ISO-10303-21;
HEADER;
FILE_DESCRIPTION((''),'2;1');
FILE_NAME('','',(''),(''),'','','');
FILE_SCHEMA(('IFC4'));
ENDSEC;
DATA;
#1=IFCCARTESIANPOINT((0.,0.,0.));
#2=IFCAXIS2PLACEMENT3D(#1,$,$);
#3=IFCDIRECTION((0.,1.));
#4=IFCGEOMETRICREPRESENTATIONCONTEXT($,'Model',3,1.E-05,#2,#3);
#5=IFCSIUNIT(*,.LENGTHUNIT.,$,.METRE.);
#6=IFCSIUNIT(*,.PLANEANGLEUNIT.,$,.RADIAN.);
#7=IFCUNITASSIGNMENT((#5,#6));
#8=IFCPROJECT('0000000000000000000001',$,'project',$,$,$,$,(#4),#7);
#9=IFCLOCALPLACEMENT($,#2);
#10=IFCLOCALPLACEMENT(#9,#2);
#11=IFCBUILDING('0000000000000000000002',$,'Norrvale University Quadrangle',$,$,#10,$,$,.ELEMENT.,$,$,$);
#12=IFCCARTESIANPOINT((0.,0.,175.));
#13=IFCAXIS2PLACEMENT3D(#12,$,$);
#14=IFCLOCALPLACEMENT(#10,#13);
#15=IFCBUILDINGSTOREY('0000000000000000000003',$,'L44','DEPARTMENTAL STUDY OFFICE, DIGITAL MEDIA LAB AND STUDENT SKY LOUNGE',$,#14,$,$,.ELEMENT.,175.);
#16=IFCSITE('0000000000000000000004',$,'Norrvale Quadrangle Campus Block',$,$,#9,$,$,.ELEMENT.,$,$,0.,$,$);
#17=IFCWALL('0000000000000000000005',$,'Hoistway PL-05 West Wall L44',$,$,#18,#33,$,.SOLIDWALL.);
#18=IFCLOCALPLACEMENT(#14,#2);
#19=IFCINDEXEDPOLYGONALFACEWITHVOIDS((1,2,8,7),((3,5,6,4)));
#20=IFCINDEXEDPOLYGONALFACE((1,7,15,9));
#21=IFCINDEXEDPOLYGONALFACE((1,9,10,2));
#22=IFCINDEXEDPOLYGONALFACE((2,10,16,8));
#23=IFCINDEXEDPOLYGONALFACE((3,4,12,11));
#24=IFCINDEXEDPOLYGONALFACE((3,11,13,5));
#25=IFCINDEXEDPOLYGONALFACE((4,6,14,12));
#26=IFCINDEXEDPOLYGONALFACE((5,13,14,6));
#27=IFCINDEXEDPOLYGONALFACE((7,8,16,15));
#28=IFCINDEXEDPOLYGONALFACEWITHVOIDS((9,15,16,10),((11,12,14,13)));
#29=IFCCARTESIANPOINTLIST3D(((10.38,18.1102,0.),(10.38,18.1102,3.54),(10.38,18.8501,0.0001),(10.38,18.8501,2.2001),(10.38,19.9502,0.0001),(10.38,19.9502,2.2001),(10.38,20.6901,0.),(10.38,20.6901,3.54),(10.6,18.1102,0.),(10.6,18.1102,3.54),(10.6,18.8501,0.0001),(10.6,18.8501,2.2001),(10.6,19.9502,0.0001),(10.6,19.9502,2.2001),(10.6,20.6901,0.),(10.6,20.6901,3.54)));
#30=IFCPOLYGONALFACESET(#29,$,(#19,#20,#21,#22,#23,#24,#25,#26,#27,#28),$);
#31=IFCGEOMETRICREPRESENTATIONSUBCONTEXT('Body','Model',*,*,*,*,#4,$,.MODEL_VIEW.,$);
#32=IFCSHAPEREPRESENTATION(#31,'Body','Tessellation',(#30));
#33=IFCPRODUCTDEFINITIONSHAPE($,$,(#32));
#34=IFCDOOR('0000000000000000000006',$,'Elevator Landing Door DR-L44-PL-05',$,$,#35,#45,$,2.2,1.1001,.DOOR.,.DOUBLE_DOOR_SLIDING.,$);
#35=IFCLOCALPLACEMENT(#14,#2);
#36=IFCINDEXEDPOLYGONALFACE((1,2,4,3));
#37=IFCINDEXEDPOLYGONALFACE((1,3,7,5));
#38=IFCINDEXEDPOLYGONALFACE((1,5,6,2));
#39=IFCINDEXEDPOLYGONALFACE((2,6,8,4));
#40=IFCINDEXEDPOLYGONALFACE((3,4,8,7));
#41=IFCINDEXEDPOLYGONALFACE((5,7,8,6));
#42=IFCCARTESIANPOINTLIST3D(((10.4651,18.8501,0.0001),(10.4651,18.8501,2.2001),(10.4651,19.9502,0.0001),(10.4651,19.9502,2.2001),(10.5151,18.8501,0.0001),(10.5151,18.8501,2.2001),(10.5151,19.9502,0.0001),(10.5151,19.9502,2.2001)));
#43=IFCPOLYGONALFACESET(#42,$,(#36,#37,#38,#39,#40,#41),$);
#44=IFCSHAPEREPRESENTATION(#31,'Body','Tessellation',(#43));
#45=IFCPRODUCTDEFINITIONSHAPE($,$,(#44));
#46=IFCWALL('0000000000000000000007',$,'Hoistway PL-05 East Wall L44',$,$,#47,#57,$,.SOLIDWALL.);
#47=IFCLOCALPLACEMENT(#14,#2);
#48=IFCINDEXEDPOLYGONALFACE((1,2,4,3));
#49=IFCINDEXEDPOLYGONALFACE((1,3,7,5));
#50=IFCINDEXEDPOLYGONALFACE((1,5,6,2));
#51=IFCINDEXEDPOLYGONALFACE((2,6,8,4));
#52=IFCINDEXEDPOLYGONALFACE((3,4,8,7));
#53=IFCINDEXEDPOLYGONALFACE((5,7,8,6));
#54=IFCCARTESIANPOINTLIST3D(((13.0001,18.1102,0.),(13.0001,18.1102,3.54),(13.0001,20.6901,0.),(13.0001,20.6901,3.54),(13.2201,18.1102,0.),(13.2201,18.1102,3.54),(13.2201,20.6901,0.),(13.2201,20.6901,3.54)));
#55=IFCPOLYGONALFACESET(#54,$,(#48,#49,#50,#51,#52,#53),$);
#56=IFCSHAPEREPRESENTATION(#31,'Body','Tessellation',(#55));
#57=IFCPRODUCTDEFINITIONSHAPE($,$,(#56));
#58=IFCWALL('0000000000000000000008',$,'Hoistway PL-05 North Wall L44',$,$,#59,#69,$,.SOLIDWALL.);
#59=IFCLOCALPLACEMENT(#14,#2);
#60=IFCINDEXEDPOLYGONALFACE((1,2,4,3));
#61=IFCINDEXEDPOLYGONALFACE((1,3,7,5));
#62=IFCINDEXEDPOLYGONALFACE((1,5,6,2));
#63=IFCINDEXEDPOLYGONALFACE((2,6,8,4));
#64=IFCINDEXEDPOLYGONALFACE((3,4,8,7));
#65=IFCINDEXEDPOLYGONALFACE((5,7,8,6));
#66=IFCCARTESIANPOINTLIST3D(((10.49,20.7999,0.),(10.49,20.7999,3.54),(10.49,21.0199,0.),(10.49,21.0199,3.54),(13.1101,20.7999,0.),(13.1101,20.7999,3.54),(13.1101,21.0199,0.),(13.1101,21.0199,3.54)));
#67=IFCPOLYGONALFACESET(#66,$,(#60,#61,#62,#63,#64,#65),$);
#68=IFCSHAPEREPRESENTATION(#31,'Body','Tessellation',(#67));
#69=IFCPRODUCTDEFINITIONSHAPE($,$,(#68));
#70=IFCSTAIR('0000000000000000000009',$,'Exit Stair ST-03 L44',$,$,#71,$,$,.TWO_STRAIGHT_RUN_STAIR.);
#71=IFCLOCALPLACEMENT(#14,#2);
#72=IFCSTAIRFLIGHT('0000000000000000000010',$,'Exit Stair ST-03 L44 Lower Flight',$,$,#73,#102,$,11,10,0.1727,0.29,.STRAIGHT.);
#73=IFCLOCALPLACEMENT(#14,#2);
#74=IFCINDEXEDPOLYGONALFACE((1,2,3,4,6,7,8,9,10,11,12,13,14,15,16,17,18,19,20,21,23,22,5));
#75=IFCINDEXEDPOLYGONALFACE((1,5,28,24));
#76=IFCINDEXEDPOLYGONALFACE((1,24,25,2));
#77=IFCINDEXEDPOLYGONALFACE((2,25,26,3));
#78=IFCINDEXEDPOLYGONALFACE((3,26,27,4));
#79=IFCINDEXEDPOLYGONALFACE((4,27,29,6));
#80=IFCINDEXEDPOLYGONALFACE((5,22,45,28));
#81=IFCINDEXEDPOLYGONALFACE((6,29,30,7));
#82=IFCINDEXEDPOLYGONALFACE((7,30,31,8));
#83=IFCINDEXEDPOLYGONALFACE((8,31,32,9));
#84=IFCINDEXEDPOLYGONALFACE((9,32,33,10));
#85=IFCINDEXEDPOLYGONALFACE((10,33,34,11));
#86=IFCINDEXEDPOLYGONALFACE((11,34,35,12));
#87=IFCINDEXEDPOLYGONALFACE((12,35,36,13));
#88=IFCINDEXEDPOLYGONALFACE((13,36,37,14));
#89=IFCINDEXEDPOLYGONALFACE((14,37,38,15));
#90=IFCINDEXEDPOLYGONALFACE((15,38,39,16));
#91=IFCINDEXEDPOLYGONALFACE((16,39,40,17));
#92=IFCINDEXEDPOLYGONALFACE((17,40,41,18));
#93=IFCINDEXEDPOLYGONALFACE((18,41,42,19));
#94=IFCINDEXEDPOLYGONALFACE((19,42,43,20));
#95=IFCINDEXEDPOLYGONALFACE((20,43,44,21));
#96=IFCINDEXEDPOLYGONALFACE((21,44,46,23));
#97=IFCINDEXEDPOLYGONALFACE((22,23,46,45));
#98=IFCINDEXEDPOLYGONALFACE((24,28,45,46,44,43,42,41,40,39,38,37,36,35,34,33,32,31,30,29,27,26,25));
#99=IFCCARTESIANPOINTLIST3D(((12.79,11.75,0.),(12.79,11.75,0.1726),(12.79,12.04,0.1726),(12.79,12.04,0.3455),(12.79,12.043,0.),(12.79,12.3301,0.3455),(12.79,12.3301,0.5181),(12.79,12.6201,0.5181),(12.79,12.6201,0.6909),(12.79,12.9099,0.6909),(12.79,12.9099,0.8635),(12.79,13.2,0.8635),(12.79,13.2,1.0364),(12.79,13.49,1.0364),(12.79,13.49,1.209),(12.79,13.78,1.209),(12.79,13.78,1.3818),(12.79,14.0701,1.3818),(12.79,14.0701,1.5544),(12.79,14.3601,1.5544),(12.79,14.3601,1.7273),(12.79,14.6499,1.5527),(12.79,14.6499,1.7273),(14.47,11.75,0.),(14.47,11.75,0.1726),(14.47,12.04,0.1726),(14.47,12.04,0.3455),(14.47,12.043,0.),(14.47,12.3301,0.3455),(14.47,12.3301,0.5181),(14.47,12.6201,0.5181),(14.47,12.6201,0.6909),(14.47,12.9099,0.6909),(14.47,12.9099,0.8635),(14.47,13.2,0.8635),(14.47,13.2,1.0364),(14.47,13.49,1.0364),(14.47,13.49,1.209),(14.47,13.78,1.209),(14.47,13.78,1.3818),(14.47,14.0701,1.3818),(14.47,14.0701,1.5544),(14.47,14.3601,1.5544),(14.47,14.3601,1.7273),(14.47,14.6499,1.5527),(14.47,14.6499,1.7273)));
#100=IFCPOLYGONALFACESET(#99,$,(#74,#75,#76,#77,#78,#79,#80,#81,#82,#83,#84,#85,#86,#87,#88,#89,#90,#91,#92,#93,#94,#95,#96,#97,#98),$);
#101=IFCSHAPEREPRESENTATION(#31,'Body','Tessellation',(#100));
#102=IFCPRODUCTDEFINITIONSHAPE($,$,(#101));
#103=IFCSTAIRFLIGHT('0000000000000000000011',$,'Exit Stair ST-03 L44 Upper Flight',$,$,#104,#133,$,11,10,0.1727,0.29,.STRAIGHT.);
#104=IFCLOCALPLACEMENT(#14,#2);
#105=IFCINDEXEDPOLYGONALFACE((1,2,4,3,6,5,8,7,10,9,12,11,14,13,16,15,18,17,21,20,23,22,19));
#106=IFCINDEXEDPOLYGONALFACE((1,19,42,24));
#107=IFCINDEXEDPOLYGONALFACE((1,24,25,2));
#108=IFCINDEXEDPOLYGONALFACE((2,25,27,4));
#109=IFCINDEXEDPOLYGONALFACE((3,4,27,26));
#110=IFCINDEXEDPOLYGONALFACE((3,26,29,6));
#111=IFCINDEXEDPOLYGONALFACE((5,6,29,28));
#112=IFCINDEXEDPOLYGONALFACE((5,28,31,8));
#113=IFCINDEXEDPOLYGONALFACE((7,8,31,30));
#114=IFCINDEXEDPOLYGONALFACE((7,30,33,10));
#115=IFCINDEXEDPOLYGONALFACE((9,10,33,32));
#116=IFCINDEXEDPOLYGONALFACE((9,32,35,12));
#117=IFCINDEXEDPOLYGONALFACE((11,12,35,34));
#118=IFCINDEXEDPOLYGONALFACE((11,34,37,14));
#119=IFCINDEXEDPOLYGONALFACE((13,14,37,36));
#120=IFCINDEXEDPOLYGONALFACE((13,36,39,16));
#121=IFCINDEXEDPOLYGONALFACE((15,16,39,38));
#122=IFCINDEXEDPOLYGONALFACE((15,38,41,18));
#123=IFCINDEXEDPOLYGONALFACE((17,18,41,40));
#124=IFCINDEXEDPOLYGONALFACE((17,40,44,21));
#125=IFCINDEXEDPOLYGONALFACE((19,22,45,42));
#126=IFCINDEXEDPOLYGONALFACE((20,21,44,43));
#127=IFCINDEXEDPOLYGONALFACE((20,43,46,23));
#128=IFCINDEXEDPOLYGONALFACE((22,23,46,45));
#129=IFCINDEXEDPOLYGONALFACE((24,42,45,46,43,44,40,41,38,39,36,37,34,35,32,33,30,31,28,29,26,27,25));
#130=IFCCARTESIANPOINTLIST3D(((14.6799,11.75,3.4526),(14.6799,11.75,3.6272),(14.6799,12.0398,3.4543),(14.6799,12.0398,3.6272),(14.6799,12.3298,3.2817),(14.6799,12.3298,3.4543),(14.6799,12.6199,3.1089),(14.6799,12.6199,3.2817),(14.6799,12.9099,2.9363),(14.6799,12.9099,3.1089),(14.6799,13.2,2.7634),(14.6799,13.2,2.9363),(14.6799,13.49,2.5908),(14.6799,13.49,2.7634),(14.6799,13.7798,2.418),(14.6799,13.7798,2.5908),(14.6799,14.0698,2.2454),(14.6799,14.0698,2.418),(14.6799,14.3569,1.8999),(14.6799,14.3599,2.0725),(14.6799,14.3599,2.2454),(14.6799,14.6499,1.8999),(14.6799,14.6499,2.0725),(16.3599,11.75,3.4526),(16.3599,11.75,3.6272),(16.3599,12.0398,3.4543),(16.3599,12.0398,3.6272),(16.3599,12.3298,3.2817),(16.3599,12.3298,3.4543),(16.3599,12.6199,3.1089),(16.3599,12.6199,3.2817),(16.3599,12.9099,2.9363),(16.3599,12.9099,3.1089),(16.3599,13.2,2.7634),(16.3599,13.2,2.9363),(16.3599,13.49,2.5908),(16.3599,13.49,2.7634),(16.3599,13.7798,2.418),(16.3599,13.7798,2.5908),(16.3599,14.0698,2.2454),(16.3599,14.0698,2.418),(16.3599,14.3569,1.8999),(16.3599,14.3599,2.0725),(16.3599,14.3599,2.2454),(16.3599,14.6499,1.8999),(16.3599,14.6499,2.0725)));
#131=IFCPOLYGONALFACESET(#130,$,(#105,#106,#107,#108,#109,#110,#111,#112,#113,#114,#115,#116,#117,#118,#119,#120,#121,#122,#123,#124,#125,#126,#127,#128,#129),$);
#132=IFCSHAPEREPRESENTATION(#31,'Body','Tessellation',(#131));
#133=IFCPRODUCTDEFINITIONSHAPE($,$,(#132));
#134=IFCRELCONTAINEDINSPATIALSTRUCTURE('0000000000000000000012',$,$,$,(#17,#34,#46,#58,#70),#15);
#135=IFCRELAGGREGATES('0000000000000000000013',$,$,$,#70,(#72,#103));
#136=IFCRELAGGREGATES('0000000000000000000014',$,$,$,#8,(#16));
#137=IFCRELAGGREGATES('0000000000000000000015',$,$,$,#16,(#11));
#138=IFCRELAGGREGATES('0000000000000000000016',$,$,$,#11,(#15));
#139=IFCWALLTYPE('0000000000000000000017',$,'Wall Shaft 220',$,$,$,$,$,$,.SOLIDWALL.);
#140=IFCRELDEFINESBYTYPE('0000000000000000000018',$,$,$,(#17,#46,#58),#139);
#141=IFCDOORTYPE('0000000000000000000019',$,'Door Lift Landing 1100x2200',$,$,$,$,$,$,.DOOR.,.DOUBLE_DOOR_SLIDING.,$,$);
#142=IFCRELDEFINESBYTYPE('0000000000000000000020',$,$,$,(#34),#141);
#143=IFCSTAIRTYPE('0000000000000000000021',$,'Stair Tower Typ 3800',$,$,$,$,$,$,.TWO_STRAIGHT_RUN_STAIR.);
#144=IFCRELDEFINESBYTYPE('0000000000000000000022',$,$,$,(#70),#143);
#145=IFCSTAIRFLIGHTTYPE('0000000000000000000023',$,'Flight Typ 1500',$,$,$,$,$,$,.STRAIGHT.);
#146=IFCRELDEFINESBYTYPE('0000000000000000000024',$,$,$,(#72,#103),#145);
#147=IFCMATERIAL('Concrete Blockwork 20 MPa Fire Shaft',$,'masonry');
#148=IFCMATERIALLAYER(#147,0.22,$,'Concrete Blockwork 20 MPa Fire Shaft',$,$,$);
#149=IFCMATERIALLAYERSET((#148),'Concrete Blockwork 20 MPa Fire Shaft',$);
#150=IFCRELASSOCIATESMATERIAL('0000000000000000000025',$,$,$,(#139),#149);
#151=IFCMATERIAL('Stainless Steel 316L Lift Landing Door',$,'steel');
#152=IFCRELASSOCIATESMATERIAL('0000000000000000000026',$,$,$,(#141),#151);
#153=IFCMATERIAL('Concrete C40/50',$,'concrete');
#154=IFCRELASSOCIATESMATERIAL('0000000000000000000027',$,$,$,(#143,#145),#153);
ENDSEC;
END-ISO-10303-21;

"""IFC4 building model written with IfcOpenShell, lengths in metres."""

from ifc_helpers import new_model, si_unit, direction, frame, frame_2d, origin, place, context, subcontext, project, spatial, polyline, rectangle, outline, extrude, material, layer, layer_set, type_object, element, fill, aggregate, save


model = new_model("IFC4")

# Units and contexts
model_context = context("Model", 3, precision=1e-05, world=origin(), true_north=direction((0.0, 1.0)))
body_context = subcontext(model_context, "Body", "Model", "MODEL_VIEW")
ifc_project = project(units=[si_unit("LENGTHUNIT", "METRE"), si_unit("PLANEANGLEUNIT", "RADIAN")], contexts=[model_context])

# Site, building, storey
site_placement = place(None, origin())
site = spatial("IfcSite", under=ifc_project, at=site_placement, Name="Norrvale Quadrangle Campus Block", CompositionType="ELEMENT", RefElevation=0.0)
building_placement = place(site_placement, origin())
building = spatial("IfcBuilding", under=site, at=building_placement, Name="Norrvale University Quadrangle", CompositionType="ELEMENT")
storey_placement = place(building_placement, frame((0.0, 0.0, 175.0)))
storey = spatial("IfcBuildingStorey", under=building, at=storey_placement, Name="L44", Description="DEPARTMENTAL STUDY OFFICE, DIGITAL MEDIA LAB AND STUDENT SKY LOUNGE", CompositionType="ELEMENT", Elevation=175.0)

# Shared definitions
ifc_material_1 = material(Name="Concrete Blockwork 20 MPa Fire Shaft", Category="masonry")
ifc_layer_1 = layer(ifc_material_1, 0.22, Name="Concrete Blockwork 20 MPa Fire Shaft")
ifc_layer_set_1 = layer_set([ifc_layer_1], Name="Concrete Blockwork 20 MPa Fire Shaft")
wall_type_1 = type_object("IfcWallType", Name="Wall Shaft 220", PredefinedType="SOLIDWALL", material=ifc_layer_set_1)

# Wall, opening, door
wall_1_placement = place(storey_placement, frame((10.49, 18.1101, 0.0), z_axis=(0.0, 0.0, 1.0), x_axis=(0.0, 1.0, 0.0)))
wall_1 = element("IfcWall", 1, at=wall_1_placement, inside=storey, type_object=wall_type_1, Name="Hoistway PL-05 West Wall L44", PredefinedType="SOLIDWALL", context=body_context, shape_type="SweptSolid", body=[
    extrude(rectangle(XDim=2.5798, YDim=0.22, at=frame_2d((1.29, 0.0))), origin(), (0.0, 0.0, 1.0), 3.54),
])
opening_1_placement = place(wall_1_placement, frame((0.74, 0.0, 0.0)))
opening_1 = element("IfcOpeningElement", 2, at=opening_1_placement, cuts=wall_1, PredefinedType="OPENING", context=body_context, shape_type="SweptSolid", body=[
    extrude(rectangle(XDim=1.1001, YDim=2.2, at=frame_2d((0.55, 1.1001))), frame((0.0, 0.1221, 0.0), z_axis=(0.0, -1.0, 0.0), x_axis=(1.0, 0.0, 0.0)), (0.0, 0.0, 1.0), 0.2439),
])
ifc_material_2 = material(Name="Stainless Steel 316L Lift Landing Door", Category="steel")
door_type_1 = type_object("IfcDoorType", Name="Door Lift Landing 1100x2200", OperationType="DOUBLE_DOOR_SLIDING", PredefinedType="DOOR", material=ifc_material_2)
door_1_placement = place(opening_1_placement, origin())
door_1 = element("IfcDoor", 3, at=door_1_placement, inside=storey, type_object=door_type_1, Name="Elevator Landing Door DR-L44-PL-05", OperationType="DOUBLE_DOOR_SLIDING", OverallHeight=2.2, OverallWidth=1.1001, PredefinedType="DOOR", context=body_context, shape_type="SweptSolid", body=[
    extrude(rectangle(XDim=1.1001, YDim=2.2, at=frame_2d((0.55, 1.1001))), frame((0.0, 0.0249, 0.0), z_axis=(0.0, -1.0, 0.0), x_axis=(1.0, 0.0, 0.0)), (0.0, 0.0, 1.0), 0.05),
])
fill(opening_1, door_1)

# Walls
wall_2_placement = place(storey_placement, frame((13.1101, 18.1101, 0.0), z_axis=(0.0, 0.0, 1.0), x_axis=(0.0, 1.0, 0.0)))
element("IfcWall", 4, at=wall_2_placement, inside=storey, type_object=wall_type_1, Name="Hoistway PL-05 East Wall L44", PredefinedType="SOLIDWALL", context=body_context, shape_type="SweptSolid", body=[
    extrude(rectangle(XDim=2.5798, YDim=0.22, at=frame_2d((1.29, 0.0))), origin(), (0.0, 0.0, 1.0), 3.54),
])
wall_3_placement = place(storey_placement, frame((10.49, 20.9099, 0.0), z_axis=(0.0, 0.0, 1.0), x_axis=(1.0, 0.0, 0.0)))
element("IfcWall", 5, at=wall_3_placement, inside=storey, type_object=wall_type_1, Name="Hoistway PL-05 North Wall L44", PredefinedType="SOLIDWALL", context=body_context, shape_type="SweptSolid", body=[
    extrude(rectangle(XDim=2.6201, YDim=0.22, at=frame_2d((1.3101, 0.0))), origin(), (0.0, 0.0, 1.0), 3.54),
])

# Stair, stair flights
ifc_material_3 = material(Name="Concrete C40/50", Category="concrete")
stair_type = type_object("IfcStairType", Name="Stair Tower Typ 3800", PredefinedType="TWO_STRAIGHT_RUN_STAIR", material=ifc_material_3)
stair_placement = place(storey_placement, origin())
stair = element("IfcStair", 6, at=stair_placement, inside=storey, type_object=stair_type, Name="Exit Stair ST-03 L44", PredefinedType="TWO_STRAIGHT_RUN_STAIR")
stair_flight_type = type_object("IfcStairFlightType", Name="Flight Typ 1500", PredefinedType="STRAIGHT", material=ifc_material_3)
stair_flight_1_placement = place(storey_placement, frame((13.6299, 11.75, 0.0), z_axis=(0.0, 0.0, 1.0), x_axis=(0.0, 1.0, 0.0)))
stair_flight_1 = element("IfcStairFlight", 7, at=stair_flight_1_placement, type_object=stair_flight_type, Name="Exit Stair ST-03 L44 Lower Flight", NumberOfRisers=11, NumberOfTreads=10, PredefinedType="STRAIGHT", RiserHeight=0.1727, TreadLength=0.29, context=body_context, shape_type="SweptSolid", body=[
    extrude(outline(polyline([(0.0, 0.0), (0.0, 0.1726), (0.29, 0.1726), (0.29, 0.3455), (0.5801, 0.3455), (0.5801, 0.5181), (0.8701, 0.5181), (0.8701, 0.6909), (1.1599, 0.6909), (1.1599, 0.8635), (1.45, 0.8635), (1.45, 1.0364), (1.74, 1.0364), (1.74, 1.209), (2.03, 1.209), (2.03, 1.3818), (2.3201, 1.3818), (2.3201, 1.5544), (2.6101, 1.5544), (2.6101, 1.7273), (2.8999, 1.7273), (2.8999, 1.8999), (2.8999, 1.5527), (0.293, 0.0), (0.0, 0.0)])), frame((0.0, 0.8398, 0.0), z_axis=(0.0, -1.0, 0.0), x_axis=(1.0, 0.0, 0.0)), (0.0, 0.0, 1.0), 1.6799),
])
stair_flight_2_placement = place(storey_placement, frame((15.52, 14.6499, 1.8999), z_axis=(0.0, 0.0, 1.0), x_axis=(0.0, -1.0, 0.0)))
stair_flight_2 = element("IfcStairFlight", 8, at=stair_flight_2_placement, type_object=stair_flight_type, Name="Exit Stair ST-03 L44 Upper Flight", NumberOfRisers=11, NumberOfTreads=10, PredefinedType="STRAIGHT", RiserHeight=0.1727, TreadLength=0.29, context=body_context, shape_type="SweptSolid", body=[
    extrude(outline(polyline([(0.0, 0.0), (0.0, 0.1726), (0.29, 0.1726), (0.29, 0.3455), (0.5801, 0.3455), (0.5801, 0.5181), (0.8701, 0.5181), (0.8701, 0.6909), (1.1599, 0.6909), (1.1599, 0.8635), (1.45, 0.8635), (1.45, 1.0364), (1.74, 1.0364), (1.74, 1.209), (2.03, 1.209), (2.03, 1.3818), (2.3201, 1.3818), (2.3201, 1.5544), (2.6101, 1.5544), (2.6101, 1.7273), (2.8999, 1.7273), (2.8999, 1.8999), (2.8999, 1.5527), (0.293, 0.0), (0.0, 0.0)])), frame((0.0, 0.8398, 0.0), z_axis=(0.0, -1.0, 0.0), x_axis=(1.0, 0.0, 0.0)), (0.0, 0.0, 1.0), 1.6799),
])
aggregate(stair, [stair_flight_1, stair_flight_2])

save(model, "model.ifc")
